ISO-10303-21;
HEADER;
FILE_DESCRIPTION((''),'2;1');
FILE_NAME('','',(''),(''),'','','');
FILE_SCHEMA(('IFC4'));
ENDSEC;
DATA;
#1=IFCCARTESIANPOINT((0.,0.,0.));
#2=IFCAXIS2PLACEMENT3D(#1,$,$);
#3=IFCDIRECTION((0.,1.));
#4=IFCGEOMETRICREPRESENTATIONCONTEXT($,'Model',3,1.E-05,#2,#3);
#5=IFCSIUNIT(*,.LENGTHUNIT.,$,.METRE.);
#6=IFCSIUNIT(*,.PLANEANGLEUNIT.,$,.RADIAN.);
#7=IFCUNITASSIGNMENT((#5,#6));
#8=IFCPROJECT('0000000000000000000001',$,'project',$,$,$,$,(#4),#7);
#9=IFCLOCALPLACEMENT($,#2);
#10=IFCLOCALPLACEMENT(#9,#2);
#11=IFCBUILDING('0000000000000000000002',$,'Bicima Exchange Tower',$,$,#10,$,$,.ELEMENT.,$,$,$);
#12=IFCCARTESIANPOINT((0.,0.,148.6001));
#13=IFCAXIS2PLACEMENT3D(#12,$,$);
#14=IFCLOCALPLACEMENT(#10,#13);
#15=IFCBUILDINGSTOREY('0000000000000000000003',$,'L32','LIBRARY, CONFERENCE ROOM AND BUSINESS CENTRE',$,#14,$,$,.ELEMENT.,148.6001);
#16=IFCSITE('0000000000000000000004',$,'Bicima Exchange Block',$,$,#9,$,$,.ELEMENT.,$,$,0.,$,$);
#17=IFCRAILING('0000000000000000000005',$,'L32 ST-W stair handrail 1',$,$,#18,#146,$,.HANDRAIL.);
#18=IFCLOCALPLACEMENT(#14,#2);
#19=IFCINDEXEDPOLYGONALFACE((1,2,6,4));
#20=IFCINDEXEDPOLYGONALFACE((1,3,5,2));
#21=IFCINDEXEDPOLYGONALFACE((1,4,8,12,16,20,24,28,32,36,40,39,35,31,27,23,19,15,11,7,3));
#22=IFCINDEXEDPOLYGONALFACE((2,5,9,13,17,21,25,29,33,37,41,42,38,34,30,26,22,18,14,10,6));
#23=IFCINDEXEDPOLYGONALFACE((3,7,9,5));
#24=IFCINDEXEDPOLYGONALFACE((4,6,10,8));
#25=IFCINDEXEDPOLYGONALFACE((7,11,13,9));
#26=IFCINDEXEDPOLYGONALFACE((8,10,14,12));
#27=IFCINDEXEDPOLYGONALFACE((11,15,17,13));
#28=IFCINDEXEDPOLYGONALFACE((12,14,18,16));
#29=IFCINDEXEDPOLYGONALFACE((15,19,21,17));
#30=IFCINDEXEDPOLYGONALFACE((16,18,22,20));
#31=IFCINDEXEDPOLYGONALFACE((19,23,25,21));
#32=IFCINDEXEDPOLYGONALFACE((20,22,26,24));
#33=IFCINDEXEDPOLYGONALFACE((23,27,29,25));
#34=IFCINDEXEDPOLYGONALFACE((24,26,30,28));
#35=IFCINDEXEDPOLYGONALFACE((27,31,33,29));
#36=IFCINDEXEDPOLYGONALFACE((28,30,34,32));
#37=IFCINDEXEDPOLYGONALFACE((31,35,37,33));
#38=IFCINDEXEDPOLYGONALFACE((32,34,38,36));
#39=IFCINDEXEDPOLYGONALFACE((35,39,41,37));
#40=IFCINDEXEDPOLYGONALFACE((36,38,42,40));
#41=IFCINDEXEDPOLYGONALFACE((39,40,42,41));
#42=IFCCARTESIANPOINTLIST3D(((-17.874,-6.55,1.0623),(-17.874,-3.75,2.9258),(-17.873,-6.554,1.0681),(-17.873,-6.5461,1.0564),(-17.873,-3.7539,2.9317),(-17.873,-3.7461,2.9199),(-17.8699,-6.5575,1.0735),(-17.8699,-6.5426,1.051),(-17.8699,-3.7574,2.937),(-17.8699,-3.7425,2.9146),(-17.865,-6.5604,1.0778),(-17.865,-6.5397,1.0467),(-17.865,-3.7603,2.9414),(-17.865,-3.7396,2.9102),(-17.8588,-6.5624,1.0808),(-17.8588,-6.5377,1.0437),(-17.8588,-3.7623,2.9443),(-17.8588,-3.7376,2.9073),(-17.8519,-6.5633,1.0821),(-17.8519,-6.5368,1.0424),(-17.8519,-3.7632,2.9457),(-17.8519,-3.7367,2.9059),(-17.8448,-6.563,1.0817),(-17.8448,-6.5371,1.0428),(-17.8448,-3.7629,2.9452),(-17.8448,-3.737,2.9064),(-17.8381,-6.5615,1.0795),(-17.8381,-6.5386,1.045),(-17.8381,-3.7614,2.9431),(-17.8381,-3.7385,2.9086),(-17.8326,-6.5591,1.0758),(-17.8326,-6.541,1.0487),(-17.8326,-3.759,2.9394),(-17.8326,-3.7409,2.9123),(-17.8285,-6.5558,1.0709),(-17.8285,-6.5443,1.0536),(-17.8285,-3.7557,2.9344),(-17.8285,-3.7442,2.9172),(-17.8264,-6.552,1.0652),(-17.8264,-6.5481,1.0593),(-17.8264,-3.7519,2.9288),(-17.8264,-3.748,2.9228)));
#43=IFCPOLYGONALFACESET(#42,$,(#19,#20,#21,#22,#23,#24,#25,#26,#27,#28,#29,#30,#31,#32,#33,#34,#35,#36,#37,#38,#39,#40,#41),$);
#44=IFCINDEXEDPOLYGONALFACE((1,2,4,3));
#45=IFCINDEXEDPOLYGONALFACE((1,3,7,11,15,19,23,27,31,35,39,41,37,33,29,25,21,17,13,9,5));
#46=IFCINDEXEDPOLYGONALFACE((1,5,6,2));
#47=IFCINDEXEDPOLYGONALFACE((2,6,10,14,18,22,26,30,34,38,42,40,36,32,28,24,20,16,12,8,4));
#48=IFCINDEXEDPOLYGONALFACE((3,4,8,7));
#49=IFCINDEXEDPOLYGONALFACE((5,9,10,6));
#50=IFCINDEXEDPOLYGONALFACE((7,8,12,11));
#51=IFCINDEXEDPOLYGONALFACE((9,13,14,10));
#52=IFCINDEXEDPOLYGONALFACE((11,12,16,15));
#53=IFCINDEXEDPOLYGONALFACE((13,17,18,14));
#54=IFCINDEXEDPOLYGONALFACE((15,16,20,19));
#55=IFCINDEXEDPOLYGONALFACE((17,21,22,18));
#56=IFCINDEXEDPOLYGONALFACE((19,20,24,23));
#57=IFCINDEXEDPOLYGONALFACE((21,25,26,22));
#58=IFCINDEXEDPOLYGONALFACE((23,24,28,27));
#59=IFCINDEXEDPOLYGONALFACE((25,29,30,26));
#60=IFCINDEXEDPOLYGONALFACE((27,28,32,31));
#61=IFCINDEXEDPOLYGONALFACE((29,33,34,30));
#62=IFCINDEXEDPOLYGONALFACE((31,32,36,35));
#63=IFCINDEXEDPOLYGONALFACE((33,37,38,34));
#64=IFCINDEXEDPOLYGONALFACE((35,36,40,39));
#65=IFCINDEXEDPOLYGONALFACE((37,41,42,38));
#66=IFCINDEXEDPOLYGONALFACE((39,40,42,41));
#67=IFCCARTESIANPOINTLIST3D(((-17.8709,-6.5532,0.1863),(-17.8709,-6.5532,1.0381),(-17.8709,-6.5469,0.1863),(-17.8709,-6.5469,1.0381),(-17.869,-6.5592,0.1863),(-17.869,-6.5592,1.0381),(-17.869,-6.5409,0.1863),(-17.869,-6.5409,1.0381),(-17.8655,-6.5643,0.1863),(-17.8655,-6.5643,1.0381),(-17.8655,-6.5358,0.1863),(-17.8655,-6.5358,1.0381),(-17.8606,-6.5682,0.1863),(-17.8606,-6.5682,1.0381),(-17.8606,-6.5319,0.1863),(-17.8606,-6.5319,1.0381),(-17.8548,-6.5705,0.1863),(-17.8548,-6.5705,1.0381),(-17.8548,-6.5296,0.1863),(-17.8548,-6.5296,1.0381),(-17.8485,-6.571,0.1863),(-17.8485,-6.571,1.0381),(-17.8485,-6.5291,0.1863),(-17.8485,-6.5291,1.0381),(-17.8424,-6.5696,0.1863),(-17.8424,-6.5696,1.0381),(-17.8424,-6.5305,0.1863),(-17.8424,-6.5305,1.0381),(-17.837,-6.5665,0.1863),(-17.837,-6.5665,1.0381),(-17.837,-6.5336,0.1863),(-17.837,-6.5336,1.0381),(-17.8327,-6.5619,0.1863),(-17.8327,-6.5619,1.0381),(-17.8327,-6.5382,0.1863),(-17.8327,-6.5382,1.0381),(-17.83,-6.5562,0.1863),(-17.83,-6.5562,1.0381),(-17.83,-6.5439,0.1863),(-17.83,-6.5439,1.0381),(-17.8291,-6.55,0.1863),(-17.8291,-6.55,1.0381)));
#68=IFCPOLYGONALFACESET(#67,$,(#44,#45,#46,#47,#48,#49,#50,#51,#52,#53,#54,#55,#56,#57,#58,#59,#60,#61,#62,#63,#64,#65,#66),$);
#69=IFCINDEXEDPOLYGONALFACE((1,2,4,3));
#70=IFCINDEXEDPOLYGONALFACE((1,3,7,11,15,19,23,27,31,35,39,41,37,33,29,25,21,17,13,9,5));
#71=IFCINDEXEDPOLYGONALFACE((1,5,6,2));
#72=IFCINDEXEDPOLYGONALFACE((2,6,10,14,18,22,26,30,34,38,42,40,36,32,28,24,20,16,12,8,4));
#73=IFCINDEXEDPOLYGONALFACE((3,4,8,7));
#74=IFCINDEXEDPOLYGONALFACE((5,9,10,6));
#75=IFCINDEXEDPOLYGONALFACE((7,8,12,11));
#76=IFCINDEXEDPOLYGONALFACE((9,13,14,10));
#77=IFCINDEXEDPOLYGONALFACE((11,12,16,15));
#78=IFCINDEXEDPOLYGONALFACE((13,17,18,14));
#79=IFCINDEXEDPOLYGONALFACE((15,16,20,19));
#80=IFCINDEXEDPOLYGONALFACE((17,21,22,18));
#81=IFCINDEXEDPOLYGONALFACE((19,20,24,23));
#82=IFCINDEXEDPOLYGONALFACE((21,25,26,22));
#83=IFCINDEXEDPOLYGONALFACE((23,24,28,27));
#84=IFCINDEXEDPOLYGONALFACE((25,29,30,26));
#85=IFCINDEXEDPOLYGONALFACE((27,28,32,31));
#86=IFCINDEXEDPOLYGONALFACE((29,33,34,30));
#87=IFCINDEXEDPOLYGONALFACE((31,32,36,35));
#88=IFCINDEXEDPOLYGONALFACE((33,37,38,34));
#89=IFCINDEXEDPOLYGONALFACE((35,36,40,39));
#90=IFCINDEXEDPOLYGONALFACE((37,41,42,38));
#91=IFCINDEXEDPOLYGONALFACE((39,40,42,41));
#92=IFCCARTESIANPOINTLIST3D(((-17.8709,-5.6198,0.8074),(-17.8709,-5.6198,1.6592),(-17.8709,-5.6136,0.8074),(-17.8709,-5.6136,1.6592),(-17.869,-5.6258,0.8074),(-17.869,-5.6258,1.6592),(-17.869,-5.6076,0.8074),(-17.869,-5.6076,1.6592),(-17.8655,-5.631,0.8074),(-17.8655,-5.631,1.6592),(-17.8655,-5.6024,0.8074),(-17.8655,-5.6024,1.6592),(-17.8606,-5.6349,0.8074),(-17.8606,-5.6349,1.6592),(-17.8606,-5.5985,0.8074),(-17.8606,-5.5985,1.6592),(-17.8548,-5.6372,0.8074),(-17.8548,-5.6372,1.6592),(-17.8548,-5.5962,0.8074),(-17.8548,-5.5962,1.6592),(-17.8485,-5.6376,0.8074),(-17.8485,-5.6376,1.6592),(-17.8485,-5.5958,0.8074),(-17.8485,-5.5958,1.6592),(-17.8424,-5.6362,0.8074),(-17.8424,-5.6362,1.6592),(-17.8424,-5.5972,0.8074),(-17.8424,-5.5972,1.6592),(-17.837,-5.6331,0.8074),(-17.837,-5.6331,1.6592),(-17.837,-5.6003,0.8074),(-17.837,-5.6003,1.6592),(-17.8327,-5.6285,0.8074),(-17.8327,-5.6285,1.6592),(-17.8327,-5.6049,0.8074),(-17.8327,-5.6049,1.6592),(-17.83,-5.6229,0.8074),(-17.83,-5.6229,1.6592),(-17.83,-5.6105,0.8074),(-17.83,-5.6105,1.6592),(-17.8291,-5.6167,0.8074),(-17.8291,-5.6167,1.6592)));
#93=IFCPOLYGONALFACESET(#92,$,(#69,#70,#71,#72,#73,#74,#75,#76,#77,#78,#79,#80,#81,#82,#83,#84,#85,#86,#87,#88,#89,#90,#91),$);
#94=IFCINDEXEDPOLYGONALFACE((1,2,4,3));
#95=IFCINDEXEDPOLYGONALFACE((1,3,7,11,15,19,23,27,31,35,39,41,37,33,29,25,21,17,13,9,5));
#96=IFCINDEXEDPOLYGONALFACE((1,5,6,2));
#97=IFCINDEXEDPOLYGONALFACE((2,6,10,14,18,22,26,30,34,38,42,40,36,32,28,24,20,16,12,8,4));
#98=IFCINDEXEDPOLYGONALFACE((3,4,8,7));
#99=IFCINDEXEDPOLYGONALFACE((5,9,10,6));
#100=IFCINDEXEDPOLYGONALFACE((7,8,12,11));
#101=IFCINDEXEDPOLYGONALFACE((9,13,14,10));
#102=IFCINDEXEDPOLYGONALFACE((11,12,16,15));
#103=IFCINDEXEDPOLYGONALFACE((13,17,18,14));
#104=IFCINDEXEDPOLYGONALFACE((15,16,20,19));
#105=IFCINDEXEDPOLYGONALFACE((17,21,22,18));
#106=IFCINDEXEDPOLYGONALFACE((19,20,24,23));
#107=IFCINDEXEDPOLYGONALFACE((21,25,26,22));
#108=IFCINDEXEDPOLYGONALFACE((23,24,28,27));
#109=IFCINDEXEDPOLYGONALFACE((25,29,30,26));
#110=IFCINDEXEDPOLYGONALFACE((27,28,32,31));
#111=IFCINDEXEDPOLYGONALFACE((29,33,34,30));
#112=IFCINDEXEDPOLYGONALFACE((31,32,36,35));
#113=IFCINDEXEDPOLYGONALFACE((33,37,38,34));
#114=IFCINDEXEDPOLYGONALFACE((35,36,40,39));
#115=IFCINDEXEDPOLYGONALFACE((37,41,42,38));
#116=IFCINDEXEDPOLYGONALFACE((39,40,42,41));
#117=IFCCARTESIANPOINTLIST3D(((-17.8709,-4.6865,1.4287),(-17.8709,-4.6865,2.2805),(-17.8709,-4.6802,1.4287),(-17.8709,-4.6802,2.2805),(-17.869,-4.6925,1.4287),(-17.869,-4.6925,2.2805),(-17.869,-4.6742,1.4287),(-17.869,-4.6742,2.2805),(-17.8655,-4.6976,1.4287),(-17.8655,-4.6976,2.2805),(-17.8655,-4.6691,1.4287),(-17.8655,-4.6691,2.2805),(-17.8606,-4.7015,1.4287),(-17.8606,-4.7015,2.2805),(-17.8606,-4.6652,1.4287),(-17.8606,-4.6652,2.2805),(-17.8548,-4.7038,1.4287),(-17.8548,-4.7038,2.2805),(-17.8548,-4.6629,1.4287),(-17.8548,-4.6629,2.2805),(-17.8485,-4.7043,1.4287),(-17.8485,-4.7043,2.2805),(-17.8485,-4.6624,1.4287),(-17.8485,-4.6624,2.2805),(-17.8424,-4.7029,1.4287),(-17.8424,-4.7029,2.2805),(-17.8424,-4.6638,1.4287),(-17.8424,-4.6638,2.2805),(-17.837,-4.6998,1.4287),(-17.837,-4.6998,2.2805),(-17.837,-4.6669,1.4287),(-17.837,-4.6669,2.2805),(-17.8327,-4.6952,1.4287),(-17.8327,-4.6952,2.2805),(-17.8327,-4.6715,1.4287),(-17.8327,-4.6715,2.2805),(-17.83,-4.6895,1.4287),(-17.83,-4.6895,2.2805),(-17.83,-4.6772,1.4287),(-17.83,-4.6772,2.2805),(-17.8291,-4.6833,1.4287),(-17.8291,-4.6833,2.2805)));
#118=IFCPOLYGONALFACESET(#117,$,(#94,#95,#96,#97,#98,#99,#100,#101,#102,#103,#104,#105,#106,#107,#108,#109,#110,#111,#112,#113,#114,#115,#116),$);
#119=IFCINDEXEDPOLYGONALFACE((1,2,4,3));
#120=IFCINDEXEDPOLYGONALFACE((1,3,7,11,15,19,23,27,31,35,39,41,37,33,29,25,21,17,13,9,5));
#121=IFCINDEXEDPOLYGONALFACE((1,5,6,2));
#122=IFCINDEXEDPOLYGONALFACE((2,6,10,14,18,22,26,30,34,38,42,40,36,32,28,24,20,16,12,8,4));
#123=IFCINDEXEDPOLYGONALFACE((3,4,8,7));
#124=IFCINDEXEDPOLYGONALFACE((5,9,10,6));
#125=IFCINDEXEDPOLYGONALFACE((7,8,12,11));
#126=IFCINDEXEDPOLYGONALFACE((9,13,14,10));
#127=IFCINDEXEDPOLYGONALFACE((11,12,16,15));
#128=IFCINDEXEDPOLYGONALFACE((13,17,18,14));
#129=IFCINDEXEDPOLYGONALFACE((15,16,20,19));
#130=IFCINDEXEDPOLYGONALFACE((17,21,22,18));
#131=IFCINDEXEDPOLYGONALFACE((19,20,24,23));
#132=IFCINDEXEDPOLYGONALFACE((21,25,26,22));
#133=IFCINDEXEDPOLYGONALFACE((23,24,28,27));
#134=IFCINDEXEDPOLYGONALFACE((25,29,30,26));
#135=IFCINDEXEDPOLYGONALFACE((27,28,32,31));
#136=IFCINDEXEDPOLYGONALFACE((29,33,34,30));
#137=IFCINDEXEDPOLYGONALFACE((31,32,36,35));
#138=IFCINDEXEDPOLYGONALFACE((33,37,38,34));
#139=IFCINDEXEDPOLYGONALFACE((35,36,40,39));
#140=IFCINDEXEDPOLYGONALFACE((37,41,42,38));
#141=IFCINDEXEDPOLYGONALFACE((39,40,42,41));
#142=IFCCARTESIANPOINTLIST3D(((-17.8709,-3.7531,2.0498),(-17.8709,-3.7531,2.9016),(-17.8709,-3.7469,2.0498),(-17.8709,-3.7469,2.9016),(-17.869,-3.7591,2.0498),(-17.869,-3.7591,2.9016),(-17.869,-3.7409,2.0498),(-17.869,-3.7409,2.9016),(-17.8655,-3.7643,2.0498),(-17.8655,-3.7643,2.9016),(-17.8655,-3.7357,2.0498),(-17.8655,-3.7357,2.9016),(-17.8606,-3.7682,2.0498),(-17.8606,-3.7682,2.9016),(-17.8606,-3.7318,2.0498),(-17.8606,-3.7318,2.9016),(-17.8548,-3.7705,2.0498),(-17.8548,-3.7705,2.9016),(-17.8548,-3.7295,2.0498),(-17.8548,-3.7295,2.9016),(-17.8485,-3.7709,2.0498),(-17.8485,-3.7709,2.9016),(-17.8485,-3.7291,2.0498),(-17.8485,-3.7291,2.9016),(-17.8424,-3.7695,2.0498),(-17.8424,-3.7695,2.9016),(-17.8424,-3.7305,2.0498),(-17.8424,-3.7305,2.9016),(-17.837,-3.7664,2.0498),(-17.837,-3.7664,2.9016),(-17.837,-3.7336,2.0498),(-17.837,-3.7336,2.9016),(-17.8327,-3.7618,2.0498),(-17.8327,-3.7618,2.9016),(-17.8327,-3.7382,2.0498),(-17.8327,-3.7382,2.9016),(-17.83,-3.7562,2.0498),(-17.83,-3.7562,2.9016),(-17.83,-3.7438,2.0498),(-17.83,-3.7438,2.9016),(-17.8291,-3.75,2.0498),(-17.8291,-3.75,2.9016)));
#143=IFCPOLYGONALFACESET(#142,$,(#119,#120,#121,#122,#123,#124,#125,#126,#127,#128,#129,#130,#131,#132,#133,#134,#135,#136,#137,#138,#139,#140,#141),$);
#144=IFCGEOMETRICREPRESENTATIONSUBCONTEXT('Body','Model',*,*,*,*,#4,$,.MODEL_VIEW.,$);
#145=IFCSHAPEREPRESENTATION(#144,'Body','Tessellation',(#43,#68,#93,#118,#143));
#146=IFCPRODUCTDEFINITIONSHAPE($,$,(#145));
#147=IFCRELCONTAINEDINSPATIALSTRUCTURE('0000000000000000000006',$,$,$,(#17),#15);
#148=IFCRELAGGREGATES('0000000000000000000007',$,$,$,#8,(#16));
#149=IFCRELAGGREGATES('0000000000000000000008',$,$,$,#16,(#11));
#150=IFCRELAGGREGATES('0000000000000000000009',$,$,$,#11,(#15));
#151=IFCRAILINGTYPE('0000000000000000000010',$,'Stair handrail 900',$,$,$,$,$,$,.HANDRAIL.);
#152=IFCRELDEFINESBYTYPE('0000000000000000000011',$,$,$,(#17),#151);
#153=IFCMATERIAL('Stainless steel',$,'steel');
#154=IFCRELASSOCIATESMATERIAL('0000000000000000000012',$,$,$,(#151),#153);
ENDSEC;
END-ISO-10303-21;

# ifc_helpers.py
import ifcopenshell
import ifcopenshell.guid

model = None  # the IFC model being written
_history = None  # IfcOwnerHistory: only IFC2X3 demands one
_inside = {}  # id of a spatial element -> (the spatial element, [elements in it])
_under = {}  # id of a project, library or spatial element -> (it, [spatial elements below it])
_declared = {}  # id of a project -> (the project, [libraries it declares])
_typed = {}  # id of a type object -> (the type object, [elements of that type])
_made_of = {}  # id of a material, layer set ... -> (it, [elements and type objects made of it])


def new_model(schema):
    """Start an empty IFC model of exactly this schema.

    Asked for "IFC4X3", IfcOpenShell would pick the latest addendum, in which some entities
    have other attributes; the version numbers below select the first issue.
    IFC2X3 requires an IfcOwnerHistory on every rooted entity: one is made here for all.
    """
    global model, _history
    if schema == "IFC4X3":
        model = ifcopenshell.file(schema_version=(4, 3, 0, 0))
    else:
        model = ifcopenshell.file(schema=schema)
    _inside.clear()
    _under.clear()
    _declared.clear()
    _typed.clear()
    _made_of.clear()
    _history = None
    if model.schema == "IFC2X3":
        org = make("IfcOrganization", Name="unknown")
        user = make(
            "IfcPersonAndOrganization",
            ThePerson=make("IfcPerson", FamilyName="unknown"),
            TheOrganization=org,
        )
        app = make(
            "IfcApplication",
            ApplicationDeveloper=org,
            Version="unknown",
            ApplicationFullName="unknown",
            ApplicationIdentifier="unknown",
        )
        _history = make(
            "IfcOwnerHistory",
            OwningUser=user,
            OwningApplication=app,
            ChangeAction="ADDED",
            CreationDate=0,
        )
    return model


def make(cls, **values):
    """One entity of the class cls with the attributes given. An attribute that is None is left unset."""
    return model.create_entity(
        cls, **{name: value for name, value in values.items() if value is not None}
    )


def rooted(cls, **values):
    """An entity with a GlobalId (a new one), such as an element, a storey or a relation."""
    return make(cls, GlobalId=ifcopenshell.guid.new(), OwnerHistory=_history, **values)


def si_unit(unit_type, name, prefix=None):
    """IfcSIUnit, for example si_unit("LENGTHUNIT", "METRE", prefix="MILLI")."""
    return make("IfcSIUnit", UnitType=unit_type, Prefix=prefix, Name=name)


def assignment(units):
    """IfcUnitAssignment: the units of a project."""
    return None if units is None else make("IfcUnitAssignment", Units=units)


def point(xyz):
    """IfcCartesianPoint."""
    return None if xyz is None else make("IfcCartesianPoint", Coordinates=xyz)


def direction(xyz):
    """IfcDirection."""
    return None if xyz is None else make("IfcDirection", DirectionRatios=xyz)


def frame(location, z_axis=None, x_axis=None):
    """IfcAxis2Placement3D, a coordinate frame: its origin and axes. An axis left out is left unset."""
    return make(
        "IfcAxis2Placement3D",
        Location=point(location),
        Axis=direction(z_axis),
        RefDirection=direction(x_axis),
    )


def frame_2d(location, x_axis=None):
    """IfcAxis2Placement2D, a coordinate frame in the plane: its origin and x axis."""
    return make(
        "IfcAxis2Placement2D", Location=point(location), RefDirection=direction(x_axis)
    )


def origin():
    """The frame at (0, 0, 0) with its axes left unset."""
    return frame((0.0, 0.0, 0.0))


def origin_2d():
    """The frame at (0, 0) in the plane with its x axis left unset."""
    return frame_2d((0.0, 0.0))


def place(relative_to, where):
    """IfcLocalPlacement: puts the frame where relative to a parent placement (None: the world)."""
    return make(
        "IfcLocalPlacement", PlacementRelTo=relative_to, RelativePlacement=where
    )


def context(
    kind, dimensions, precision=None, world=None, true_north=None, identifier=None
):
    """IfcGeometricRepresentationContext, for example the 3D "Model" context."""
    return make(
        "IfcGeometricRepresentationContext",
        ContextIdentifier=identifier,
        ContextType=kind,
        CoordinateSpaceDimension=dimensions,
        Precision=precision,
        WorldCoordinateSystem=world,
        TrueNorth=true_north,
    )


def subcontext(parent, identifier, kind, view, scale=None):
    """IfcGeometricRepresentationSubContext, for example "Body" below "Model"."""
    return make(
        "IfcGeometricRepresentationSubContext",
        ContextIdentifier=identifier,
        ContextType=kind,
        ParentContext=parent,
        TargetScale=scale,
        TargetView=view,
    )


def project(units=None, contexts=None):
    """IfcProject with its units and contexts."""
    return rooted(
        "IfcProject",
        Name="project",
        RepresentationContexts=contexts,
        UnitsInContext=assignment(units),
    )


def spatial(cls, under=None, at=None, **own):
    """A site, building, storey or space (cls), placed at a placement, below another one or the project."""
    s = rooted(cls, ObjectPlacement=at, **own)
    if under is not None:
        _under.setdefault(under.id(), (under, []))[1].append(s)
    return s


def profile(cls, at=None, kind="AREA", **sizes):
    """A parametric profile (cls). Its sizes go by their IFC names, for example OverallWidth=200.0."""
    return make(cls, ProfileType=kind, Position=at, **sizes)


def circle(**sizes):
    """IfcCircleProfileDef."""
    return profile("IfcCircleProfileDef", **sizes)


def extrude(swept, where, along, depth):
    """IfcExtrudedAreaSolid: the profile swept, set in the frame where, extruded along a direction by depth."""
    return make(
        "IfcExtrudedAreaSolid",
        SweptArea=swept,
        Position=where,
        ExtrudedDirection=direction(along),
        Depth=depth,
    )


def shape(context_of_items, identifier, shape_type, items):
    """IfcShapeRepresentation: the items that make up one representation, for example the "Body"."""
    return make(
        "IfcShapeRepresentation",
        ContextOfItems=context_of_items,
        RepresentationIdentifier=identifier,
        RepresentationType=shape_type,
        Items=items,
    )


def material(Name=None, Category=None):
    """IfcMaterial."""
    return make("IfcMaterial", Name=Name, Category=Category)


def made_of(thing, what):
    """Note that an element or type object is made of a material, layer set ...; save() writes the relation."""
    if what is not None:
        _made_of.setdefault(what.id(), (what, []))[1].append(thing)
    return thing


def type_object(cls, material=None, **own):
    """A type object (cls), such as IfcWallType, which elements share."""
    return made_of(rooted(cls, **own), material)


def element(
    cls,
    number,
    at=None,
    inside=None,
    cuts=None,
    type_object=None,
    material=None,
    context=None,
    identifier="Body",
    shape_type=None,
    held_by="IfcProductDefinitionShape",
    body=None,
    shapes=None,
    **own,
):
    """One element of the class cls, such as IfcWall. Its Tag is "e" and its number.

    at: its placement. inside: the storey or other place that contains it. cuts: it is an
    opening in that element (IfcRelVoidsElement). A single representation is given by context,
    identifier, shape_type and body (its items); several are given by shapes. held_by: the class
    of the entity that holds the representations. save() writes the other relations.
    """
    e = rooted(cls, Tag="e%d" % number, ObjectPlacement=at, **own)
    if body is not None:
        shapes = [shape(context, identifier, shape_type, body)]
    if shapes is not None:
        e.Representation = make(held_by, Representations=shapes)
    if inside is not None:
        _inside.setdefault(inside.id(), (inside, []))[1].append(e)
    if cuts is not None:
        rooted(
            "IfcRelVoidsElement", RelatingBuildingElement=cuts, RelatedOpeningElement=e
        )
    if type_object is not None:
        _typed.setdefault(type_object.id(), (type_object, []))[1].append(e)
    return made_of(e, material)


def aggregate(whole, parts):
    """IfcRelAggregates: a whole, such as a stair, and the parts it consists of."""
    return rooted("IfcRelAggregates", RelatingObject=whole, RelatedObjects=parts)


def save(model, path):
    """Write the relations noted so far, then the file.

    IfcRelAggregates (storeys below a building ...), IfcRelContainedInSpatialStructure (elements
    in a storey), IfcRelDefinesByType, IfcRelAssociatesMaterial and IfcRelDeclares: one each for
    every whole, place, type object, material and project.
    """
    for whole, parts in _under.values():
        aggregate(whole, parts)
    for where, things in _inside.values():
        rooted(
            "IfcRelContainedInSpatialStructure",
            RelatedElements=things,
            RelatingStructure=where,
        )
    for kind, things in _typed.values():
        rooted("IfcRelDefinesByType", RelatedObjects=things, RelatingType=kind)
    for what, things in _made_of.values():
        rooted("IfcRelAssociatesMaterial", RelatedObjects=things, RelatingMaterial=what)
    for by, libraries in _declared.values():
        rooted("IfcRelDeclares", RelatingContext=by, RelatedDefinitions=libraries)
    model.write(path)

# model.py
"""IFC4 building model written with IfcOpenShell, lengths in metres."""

from ifc_helpers import new_model, si_unit, direction, frame, origin, origin_2d, place, context, subcontext, project, spatial, circle, extrude, material, type_object, element, save


model = new_model("IFC4")

# Units and contexts
model_context = context("Model", 3, precision=1e-05, world=origin(), true_north=direction((0.0, 1.0)))
body_context = subcontext(model_context, "Body", "Model", "MODEL_VIEW")
ifc_project = project(units=[si_unit("LENGTHUNIT", "METRE"), si_unit("PLANEANGLEUNIT", "RADIAN")], contexts=[model_context])

# Site, building, storey
site_placement = place(None, origin())
site = spatial("IfcSite", under=ifc_project, at=site_placement, Name="Bicima Exchange Block", CompositionType="ELEMENT", RefElevation=0.0)
building_placement = place(site_placement, origin())
building = spatial("IfcBuilding", under=site, at=building_placement, Name="Bicima Exchange Tower", CompositionType="ELEMENT")
storey_placement = place(building_placement, frame((0.0, 0.0, 148.6001)))
storey = spatial("IfcBuildingStorey", under=building, at=storey_placement, Name="L32", Description="LIBRARY, CONFERENCE ROOM AND BUSINESS CENTRE", CompositionType="ELEMENT", Elevation=148.6001)

# Shared definitions
ifc_material_1 = material(Name="Stainless steel", Category="steel")

# Railing
railing_type = type_object("IfcRailingType", Name="Stair handrail 900", PredefinedType="HANDRAIL", material=ifc_material_1)
railing_placement = place(storey_placement, frame((-17.8501, -6.55, 0.1863)))
element("IfcRailing", 1, at=railing_placement, inside=storey, type_object=railing_type, Name="L32 ST-W stair handrail 1", PredefinedType="HANDRAIL", context=body_context, shape_type="SweptSolid", body=[
    extrude(circle(Radius=0.0239, at=origin_2d()), frame((0.0, 0.0, 0.876), z_axis=(0.0, 0.832486, 0.554047), x_axis=(-1.0, 0.0, 0.0)), (0.0, 0.0, 1.0), 3.3635),
    extrude(circle(Radius=0.021, at=origin_2d()), origin(), (0.0, 0.0, 1.0), 0.8518),
    extrude(circle(Radius=0.021, at=origin_2d()), frame((0.0, 0.9333, 0.6211)), (0.0, 0.0, 1.0), 0.8518),
    extrude(circle(Radius=0.021, at=origin_2d()), frame((0.0, 1.8667, 1.2424)), (0.0, 0.0, 1.0), 0.8518),
    extrude(circle(Radius=0.021, at=origin_2d()), frame((0.0, 2.8, 1.8635)), (0.0, 0.0, 1.0), 0.8518),
])

save(model, "model.ifc")
